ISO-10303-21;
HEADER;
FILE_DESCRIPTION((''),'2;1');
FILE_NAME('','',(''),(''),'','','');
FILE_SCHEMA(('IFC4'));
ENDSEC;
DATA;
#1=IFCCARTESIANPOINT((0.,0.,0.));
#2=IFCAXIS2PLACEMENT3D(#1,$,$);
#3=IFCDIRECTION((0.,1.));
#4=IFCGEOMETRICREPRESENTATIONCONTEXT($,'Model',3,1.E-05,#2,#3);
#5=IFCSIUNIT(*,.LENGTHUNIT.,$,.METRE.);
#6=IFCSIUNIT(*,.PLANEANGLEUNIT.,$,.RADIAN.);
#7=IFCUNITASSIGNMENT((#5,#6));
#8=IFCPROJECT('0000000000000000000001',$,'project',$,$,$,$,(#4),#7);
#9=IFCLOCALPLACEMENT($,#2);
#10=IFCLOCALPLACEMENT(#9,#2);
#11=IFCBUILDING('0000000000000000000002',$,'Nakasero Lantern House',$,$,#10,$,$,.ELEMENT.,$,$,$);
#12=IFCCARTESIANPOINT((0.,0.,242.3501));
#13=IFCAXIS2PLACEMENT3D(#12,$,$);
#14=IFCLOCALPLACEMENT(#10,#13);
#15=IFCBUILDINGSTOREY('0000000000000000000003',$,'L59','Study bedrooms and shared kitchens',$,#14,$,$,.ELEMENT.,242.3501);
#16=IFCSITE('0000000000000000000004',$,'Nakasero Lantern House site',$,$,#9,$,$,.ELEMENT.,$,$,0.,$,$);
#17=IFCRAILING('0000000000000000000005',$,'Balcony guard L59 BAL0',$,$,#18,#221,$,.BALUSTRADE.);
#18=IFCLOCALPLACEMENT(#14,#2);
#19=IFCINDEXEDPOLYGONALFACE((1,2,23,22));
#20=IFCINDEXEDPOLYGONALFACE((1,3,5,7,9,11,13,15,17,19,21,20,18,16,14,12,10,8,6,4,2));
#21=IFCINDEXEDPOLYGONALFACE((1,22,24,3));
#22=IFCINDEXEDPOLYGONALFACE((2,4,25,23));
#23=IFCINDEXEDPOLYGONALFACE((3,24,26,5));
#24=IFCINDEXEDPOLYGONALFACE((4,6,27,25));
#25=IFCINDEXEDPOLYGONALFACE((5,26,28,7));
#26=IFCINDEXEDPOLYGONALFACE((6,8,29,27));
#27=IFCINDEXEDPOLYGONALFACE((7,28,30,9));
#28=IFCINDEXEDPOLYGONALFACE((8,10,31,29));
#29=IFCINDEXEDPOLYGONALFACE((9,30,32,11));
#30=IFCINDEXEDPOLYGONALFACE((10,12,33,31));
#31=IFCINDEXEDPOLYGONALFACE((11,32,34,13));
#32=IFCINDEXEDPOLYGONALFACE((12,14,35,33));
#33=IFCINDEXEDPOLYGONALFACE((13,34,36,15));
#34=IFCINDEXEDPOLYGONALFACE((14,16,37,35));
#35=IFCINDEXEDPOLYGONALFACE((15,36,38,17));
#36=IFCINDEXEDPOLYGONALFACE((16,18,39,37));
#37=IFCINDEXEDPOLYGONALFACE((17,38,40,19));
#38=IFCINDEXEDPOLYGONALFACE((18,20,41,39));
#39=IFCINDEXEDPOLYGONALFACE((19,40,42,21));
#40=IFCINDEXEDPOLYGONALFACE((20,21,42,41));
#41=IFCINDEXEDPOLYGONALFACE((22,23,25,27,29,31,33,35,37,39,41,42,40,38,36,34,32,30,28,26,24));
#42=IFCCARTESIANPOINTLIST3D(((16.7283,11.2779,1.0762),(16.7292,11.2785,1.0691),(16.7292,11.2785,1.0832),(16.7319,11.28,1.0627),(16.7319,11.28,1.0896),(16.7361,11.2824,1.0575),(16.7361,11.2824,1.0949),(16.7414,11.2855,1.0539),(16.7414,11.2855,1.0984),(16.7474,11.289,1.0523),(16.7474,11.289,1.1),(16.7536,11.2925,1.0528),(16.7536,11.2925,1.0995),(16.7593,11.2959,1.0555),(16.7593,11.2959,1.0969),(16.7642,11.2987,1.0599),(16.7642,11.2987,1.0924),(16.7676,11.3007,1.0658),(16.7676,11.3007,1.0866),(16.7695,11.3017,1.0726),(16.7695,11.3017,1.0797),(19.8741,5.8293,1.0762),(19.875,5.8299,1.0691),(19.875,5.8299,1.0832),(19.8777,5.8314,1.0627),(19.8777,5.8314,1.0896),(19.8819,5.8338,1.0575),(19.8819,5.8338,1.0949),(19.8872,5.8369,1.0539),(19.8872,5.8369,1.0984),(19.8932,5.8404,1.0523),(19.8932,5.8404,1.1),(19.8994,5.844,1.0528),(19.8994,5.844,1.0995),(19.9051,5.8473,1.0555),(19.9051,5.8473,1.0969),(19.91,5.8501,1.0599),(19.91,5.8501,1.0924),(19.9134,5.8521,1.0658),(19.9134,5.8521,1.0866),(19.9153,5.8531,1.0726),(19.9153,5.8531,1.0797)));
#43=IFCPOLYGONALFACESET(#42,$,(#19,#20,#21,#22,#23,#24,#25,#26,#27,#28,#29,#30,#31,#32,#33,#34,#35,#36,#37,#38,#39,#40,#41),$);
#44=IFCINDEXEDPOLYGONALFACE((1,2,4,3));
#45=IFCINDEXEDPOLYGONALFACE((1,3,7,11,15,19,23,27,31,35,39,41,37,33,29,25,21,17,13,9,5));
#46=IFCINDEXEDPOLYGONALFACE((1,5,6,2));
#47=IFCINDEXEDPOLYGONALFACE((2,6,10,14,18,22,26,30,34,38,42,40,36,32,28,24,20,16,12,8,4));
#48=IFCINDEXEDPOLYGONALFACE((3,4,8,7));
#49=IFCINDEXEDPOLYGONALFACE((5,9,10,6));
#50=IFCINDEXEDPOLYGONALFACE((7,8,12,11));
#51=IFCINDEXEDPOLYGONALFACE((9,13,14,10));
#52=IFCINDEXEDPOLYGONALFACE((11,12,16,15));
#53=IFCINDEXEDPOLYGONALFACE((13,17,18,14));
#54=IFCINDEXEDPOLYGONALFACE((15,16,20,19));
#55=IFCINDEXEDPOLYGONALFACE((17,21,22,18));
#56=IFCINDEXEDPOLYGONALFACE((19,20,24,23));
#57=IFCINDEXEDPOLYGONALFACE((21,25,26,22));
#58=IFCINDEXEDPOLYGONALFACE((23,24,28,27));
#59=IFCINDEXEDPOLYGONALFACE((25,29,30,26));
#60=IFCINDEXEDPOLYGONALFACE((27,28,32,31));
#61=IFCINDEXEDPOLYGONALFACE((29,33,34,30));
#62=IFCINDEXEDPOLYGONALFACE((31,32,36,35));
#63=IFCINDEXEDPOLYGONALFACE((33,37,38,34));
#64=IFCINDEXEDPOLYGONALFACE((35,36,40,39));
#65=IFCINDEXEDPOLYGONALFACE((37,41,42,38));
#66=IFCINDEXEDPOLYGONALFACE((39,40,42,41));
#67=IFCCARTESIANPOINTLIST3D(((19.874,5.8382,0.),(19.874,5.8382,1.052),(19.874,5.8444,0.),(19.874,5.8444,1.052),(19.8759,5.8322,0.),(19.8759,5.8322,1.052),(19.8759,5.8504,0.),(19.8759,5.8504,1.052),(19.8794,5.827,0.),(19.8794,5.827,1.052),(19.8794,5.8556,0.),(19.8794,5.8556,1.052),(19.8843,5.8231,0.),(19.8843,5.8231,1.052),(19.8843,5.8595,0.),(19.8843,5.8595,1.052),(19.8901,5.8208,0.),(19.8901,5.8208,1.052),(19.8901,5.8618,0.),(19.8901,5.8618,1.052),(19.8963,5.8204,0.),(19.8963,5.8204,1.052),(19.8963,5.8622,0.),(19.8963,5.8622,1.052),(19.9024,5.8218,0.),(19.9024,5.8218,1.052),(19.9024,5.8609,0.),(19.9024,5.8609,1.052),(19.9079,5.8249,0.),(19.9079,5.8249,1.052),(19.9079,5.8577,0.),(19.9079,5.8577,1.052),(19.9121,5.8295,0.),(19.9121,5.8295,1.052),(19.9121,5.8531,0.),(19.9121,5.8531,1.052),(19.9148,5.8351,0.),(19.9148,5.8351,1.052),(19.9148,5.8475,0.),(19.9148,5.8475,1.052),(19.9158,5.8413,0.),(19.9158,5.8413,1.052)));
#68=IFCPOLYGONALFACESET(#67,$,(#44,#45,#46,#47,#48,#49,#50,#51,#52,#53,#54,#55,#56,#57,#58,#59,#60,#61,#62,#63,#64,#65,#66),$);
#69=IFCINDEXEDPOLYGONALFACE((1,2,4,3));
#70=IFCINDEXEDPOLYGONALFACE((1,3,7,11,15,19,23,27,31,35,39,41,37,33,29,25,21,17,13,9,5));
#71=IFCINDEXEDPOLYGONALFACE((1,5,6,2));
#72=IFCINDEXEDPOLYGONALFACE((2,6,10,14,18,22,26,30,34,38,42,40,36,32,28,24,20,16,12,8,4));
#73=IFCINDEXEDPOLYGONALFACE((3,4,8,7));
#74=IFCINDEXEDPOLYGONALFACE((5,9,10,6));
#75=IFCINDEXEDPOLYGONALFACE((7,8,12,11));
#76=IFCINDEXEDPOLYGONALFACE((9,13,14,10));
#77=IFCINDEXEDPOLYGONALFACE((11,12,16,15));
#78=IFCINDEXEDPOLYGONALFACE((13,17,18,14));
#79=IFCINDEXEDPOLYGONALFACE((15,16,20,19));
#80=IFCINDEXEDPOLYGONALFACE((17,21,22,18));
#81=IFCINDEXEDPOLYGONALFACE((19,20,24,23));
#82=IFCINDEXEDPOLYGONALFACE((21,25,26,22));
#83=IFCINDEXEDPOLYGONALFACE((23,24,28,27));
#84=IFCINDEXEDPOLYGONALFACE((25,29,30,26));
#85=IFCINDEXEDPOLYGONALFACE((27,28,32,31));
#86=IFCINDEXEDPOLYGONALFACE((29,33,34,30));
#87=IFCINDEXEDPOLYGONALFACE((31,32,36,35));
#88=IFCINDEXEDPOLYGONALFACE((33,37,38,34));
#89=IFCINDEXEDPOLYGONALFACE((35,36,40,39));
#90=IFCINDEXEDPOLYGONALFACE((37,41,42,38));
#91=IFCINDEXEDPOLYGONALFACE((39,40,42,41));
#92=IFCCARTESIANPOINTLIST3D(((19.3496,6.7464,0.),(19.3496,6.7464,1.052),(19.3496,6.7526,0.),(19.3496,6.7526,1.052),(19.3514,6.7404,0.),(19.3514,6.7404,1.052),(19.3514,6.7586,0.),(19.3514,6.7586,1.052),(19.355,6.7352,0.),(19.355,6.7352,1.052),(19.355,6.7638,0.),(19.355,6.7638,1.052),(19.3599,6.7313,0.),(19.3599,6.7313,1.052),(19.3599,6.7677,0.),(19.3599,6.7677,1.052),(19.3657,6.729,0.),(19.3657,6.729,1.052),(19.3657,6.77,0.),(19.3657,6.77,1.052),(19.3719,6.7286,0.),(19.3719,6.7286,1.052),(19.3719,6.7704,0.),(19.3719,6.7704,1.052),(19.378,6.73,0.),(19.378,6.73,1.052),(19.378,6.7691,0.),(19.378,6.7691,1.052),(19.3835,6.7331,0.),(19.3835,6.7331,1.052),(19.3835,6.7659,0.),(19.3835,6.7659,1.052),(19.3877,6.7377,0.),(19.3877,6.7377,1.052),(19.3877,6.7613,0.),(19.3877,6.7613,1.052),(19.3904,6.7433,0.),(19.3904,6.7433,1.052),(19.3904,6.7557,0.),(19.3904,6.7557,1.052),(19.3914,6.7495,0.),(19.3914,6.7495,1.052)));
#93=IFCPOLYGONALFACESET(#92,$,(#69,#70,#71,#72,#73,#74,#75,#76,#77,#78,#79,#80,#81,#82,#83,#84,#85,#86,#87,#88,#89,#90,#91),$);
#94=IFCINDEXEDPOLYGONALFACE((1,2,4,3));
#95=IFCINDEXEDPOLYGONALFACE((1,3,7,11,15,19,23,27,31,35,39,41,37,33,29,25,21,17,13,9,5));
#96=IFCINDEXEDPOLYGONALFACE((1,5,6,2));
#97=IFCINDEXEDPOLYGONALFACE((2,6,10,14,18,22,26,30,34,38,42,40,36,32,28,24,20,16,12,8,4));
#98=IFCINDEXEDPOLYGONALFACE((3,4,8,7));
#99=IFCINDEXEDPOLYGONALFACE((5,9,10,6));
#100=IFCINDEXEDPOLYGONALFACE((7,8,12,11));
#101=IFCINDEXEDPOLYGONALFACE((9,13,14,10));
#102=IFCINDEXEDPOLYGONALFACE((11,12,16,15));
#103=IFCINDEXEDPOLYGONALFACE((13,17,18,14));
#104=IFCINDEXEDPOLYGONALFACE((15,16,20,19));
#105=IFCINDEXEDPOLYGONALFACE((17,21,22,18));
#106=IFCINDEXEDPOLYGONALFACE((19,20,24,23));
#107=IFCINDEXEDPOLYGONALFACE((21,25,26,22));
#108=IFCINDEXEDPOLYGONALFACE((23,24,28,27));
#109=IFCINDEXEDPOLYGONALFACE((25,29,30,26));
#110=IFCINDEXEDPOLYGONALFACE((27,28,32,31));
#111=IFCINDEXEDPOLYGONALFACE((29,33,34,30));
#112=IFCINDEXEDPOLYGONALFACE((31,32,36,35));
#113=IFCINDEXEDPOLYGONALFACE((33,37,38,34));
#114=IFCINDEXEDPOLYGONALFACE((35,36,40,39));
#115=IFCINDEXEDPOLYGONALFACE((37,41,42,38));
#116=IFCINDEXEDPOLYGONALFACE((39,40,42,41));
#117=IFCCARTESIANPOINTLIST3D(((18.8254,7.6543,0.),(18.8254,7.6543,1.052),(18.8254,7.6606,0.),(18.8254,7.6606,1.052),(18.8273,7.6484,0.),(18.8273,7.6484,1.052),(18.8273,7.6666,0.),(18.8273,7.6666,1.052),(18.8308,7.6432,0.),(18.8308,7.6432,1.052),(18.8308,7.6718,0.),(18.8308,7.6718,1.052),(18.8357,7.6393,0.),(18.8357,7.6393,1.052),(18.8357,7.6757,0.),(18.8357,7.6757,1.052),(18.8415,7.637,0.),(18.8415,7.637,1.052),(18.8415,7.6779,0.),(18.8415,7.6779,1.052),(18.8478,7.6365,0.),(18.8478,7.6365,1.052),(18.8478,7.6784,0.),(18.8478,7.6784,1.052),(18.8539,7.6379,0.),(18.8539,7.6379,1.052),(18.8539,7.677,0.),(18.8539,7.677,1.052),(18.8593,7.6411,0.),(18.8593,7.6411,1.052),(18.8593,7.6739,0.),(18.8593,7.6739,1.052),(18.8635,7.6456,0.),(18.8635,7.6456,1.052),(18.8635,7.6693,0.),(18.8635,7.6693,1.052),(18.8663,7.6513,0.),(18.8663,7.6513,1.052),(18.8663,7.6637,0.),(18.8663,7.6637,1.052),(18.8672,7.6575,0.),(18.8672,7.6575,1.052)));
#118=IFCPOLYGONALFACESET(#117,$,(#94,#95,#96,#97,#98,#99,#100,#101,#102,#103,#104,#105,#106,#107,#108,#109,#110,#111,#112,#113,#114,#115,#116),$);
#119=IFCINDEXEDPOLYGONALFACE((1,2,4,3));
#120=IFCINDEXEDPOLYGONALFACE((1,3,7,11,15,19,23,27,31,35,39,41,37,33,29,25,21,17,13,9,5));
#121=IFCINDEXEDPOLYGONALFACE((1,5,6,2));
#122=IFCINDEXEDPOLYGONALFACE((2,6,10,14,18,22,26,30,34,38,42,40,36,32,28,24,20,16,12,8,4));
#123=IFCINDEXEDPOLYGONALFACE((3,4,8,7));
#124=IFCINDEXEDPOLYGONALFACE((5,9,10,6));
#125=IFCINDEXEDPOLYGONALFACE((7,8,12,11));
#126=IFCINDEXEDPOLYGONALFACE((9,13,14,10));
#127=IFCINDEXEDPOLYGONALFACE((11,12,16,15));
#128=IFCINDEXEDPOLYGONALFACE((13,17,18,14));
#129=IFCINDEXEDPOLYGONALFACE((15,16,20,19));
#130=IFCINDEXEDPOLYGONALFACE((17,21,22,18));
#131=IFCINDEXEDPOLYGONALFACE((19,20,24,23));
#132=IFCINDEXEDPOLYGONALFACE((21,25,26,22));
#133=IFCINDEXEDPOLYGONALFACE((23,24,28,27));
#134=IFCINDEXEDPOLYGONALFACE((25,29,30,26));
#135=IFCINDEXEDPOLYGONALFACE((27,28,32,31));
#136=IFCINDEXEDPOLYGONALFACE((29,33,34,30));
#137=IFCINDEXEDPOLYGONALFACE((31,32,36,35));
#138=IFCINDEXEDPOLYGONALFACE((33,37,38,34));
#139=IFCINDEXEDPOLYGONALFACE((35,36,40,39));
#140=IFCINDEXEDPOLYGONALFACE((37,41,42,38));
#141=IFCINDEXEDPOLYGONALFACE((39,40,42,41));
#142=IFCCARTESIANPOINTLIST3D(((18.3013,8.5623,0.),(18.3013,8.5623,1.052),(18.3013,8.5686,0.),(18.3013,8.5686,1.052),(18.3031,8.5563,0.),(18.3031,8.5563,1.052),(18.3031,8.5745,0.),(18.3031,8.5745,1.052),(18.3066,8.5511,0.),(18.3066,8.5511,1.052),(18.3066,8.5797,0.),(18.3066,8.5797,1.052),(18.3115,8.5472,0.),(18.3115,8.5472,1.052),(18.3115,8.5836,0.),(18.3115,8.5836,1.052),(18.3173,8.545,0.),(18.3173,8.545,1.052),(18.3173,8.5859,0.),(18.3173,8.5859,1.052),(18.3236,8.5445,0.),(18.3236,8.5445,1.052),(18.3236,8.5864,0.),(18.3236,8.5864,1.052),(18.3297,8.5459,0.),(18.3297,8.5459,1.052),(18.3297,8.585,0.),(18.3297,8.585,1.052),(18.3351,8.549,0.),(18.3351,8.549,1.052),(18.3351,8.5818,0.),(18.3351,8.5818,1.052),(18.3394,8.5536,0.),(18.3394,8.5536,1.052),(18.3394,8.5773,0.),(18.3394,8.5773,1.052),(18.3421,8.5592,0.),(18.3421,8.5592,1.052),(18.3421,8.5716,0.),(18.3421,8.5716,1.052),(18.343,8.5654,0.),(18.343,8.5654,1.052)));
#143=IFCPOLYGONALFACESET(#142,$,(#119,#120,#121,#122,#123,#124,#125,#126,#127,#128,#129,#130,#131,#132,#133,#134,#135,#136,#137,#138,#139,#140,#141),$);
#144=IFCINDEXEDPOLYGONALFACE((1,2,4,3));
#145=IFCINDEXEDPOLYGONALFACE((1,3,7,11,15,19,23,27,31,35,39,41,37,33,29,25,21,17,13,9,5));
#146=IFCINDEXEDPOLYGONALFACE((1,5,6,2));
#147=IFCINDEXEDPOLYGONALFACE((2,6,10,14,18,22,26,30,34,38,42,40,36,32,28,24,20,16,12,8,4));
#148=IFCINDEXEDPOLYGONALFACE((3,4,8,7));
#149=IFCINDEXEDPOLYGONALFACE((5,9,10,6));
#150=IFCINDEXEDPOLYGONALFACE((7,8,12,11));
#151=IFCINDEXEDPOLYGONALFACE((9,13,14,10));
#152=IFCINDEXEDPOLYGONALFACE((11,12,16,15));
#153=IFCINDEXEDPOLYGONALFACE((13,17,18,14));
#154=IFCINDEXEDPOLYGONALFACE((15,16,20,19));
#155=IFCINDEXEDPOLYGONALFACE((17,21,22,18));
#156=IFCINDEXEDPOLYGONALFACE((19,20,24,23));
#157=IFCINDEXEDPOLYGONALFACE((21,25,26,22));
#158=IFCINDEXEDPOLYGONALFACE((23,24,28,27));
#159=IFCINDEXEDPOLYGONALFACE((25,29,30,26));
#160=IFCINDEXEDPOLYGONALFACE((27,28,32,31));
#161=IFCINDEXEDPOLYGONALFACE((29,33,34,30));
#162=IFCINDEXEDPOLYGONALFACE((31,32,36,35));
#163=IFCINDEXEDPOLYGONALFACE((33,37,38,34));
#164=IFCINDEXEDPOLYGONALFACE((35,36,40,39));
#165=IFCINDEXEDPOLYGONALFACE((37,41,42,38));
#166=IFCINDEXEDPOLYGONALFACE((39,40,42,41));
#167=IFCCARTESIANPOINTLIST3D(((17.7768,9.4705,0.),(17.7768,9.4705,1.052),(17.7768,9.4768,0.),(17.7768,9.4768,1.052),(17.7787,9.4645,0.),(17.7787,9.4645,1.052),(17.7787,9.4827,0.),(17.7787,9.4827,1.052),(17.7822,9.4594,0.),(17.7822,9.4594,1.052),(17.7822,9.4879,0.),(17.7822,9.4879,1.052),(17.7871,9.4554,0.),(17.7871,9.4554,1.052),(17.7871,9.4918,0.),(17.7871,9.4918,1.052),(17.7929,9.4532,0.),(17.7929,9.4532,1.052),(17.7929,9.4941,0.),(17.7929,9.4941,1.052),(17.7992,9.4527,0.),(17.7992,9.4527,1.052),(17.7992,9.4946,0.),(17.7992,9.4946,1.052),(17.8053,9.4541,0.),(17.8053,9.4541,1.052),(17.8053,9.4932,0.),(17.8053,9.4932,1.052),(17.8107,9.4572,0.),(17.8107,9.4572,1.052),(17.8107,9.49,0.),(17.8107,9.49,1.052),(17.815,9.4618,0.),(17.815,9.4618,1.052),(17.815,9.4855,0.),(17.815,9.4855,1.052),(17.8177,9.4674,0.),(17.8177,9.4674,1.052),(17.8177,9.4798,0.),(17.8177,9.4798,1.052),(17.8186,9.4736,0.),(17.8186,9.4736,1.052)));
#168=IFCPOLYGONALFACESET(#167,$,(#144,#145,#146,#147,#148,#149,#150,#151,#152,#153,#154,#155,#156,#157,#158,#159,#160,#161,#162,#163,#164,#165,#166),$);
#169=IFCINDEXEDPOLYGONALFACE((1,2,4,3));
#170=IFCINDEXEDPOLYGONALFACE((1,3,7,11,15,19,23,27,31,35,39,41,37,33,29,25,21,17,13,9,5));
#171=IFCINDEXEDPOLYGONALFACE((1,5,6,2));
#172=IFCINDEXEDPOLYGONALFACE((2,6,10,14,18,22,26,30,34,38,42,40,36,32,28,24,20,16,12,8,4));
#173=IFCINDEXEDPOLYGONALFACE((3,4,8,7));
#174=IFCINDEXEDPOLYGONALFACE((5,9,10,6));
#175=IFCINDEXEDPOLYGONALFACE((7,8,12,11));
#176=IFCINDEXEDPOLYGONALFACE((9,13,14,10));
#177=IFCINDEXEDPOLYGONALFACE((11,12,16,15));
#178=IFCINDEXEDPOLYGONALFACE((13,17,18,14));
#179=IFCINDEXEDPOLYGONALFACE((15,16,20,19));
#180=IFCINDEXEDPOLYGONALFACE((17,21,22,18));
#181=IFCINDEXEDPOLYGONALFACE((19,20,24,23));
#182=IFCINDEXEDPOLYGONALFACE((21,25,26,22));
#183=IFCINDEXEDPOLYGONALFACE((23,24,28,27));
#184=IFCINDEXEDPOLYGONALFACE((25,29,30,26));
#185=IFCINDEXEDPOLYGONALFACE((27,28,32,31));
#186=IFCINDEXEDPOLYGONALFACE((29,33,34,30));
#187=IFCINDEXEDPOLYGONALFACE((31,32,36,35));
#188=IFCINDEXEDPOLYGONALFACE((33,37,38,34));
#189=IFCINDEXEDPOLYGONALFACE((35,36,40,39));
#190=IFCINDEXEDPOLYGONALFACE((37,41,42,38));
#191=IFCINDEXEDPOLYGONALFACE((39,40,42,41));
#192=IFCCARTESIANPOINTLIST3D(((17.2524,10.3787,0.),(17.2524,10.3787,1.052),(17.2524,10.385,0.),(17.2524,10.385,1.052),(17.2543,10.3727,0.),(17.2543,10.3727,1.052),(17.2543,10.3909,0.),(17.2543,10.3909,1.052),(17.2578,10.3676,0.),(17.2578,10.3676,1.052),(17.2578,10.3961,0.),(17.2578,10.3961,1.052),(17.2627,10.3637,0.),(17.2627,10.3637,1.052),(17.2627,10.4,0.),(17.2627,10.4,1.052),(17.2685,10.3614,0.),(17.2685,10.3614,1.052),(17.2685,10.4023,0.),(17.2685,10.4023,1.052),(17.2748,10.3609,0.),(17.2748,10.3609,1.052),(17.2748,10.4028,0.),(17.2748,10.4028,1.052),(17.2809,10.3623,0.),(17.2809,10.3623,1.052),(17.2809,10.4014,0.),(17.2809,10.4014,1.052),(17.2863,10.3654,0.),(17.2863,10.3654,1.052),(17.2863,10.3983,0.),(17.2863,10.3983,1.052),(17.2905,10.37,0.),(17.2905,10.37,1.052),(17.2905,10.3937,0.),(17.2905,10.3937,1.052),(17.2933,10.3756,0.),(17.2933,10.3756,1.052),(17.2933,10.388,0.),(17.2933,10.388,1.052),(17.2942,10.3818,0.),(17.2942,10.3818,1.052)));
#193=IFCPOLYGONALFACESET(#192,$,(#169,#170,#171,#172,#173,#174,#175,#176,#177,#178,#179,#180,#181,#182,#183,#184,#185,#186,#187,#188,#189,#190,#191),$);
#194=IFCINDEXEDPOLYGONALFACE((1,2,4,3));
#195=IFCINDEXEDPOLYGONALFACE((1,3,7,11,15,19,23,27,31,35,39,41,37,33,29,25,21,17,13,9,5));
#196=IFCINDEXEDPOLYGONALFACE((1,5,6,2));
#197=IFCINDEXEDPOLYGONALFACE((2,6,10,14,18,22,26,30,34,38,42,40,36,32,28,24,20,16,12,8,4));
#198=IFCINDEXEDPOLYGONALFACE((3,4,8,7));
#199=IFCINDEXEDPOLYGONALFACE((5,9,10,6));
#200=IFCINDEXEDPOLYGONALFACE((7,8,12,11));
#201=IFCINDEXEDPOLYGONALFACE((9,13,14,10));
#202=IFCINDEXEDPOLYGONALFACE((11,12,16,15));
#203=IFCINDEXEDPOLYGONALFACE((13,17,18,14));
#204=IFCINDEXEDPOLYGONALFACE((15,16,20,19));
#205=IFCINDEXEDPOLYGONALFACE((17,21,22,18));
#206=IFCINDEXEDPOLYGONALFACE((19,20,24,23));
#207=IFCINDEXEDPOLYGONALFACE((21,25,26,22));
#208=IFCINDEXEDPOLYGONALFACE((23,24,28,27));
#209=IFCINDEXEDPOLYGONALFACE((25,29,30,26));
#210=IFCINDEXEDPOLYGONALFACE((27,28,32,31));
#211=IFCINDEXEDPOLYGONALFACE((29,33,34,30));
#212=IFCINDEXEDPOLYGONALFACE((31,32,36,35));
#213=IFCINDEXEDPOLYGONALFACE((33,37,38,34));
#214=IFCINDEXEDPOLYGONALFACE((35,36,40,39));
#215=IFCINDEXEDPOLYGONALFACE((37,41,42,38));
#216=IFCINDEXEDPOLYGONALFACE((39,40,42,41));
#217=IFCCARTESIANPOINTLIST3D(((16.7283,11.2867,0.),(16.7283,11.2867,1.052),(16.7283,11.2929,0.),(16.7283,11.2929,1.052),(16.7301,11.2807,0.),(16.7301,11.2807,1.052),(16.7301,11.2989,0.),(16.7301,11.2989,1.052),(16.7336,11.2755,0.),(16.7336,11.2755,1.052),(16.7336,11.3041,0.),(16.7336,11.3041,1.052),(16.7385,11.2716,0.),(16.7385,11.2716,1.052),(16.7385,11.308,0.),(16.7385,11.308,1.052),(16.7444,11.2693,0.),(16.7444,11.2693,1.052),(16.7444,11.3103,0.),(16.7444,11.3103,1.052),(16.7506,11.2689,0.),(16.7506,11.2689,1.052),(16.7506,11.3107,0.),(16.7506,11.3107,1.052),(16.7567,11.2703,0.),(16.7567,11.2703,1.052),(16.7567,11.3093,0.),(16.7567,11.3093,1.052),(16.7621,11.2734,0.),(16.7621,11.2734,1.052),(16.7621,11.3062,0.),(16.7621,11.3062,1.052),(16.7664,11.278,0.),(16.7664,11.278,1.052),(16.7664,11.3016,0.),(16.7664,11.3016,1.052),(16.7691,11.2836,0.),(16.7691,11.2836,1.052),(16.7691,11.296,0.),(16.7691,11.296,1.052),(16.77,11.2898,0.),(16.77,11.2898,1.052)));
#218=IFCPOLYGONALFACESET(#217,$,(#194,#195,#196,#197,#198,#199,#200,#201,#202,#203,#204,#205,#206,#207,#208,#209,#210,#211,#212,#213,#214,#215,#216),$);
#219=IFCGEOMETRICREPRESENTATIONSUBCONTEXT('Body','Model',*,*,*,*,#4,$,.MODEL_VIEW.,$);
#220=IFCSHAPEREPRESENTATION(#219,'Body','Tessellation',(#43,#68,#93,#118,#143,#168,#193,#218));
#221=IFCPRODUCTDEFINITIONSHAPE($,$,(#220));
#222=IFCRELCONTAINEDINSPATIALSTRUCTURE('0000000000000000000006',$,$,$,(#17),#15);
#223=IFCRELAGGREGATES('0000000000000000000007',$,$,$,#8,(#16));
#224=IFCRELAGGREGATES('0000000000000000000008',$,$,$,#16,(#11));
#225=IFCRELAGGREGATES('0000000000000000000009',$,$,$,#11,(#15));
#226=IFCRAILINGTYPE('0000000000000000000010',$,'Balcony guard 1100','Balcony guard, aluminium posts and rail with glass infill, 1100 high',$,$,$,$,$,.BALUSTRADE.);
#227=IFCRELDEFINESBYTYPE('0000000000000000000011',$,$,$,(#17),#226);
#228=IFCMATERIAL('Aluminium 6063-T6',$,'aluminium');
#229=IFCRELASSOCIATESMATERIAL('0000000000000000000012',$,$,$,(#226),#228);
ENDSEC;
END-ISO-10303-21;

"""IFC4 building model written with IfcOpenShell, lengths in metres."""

from ifc_helpers import new_model, si_unit, direction, frame, origin, origin_2d, place, context, subcontext, project, spatial, circle, extrude, material, type_object, element, save


model = new_model("IFC4")

# Units and contexts
model_context = context("Model", 3, precision=1e-05, world=origin(), true_north=direction((0.0, 1.0)))
body_context = subcontext(model_context, "Body", "Model", "MODEL_VIEW")
ifc_project = project(units=[si_unit("LENGTHUNIT", "METRE"), si_unit("PLANEANGLEUNIT", "RADIAN")], contexts=[model_context])

# Site, building, storey
site_placement = place(None, origin())
site = spatial("IfcSite", under=ifc_project, at=site_placement, Name="Nakasero Lantern House site", CompositionType="ELEMENT", RefElevation=0.0)
building_placement = place(site_placement, origin())
building = spatial("IfcBuilding", under=site, at=building_placement, Name="Nakasero Lantern House", CompositionType="ELEMENT")
storey_placement = place(building_placement, frame((0.0, 0.0, 242.3501)))
storey = spatial("IfcBuildingStorey", under=building, at=storey_placement, Name="L59", Description="Study bedrooms and shared kitchens", CompositionType="ELEMENT", Elevation=242.3501)

# Railing
ifc_material_1 = material(Name="Aluminium 6063-T6", Category="aluminium")
railing_type = type_object("IfcRailingType", Name="Balcony guard 1100", Description="Balcony guard, aluminium posts and rail with glass infill, 1100 high", PredefinedType="BALUSTRADE", material=ifc_material_1)
railing_placement = place(storey_placement, frame((19.8948, 5.8413, 0.0)))
element("IfcRailing", 1, at=railing_placement, inside=storey, type_object=railing_type, Name="Balcony guard L59 BAL0", PredefinedType="BALUSTRADE", context=body_context, shape_type="SweptSolid", body=[
    extrude(circle(Radius=0.0239, at=origin_2d()), frame((0.0, 0.0, 1.0762), z_axis=(-0.500008, 0.866021, 0.0), x_axis=(-0.866021, -0.500008, 0.0)), (0.0, 0.0, 1.0), 6.2915),
    extrude(circle(Radius=0.021, at=origin_2d()), origin(), (0.0, 0.0, 1.0), 1.052),
    extrude(circle(Radius=0.021, at=origin_2d()), frame((-0.5244, 0.9082, 0.0)), (0.0, 0.0, 1.0), 1.052),
    extrude(circle(Radius=0.021, at=origin_2d()), frame((-1.0486, 1.8162, 0.0)), (0.0, 0.0, 1.0), 1.052),
    extrude(circle(Radius=0.021, at=origin_2d()), frame((-1.5728, 2.7241, 0.0)), (0.0, 0.0, 1.0), 1.052),
    extrude(circle(Radius=0.021, at=origin_2d()), frame((-2.0972, 3.6323, 0.0)), (0.0, 0.0, 1.0), 1.052),
    extrude(circle(Radius=0.021, at=origin_2d()), frame((-2.6216, 4.5405, 0.0)), (0.0, 0.0, 1.0), 1.052),
    extrude(circle(Radius=0.021, at=origin_2d()), frame((-3.1458, 5.4485, 0.0)), (0.0, 0.0, 1.0), 1.052),
])

save(model, "model.ifc")
